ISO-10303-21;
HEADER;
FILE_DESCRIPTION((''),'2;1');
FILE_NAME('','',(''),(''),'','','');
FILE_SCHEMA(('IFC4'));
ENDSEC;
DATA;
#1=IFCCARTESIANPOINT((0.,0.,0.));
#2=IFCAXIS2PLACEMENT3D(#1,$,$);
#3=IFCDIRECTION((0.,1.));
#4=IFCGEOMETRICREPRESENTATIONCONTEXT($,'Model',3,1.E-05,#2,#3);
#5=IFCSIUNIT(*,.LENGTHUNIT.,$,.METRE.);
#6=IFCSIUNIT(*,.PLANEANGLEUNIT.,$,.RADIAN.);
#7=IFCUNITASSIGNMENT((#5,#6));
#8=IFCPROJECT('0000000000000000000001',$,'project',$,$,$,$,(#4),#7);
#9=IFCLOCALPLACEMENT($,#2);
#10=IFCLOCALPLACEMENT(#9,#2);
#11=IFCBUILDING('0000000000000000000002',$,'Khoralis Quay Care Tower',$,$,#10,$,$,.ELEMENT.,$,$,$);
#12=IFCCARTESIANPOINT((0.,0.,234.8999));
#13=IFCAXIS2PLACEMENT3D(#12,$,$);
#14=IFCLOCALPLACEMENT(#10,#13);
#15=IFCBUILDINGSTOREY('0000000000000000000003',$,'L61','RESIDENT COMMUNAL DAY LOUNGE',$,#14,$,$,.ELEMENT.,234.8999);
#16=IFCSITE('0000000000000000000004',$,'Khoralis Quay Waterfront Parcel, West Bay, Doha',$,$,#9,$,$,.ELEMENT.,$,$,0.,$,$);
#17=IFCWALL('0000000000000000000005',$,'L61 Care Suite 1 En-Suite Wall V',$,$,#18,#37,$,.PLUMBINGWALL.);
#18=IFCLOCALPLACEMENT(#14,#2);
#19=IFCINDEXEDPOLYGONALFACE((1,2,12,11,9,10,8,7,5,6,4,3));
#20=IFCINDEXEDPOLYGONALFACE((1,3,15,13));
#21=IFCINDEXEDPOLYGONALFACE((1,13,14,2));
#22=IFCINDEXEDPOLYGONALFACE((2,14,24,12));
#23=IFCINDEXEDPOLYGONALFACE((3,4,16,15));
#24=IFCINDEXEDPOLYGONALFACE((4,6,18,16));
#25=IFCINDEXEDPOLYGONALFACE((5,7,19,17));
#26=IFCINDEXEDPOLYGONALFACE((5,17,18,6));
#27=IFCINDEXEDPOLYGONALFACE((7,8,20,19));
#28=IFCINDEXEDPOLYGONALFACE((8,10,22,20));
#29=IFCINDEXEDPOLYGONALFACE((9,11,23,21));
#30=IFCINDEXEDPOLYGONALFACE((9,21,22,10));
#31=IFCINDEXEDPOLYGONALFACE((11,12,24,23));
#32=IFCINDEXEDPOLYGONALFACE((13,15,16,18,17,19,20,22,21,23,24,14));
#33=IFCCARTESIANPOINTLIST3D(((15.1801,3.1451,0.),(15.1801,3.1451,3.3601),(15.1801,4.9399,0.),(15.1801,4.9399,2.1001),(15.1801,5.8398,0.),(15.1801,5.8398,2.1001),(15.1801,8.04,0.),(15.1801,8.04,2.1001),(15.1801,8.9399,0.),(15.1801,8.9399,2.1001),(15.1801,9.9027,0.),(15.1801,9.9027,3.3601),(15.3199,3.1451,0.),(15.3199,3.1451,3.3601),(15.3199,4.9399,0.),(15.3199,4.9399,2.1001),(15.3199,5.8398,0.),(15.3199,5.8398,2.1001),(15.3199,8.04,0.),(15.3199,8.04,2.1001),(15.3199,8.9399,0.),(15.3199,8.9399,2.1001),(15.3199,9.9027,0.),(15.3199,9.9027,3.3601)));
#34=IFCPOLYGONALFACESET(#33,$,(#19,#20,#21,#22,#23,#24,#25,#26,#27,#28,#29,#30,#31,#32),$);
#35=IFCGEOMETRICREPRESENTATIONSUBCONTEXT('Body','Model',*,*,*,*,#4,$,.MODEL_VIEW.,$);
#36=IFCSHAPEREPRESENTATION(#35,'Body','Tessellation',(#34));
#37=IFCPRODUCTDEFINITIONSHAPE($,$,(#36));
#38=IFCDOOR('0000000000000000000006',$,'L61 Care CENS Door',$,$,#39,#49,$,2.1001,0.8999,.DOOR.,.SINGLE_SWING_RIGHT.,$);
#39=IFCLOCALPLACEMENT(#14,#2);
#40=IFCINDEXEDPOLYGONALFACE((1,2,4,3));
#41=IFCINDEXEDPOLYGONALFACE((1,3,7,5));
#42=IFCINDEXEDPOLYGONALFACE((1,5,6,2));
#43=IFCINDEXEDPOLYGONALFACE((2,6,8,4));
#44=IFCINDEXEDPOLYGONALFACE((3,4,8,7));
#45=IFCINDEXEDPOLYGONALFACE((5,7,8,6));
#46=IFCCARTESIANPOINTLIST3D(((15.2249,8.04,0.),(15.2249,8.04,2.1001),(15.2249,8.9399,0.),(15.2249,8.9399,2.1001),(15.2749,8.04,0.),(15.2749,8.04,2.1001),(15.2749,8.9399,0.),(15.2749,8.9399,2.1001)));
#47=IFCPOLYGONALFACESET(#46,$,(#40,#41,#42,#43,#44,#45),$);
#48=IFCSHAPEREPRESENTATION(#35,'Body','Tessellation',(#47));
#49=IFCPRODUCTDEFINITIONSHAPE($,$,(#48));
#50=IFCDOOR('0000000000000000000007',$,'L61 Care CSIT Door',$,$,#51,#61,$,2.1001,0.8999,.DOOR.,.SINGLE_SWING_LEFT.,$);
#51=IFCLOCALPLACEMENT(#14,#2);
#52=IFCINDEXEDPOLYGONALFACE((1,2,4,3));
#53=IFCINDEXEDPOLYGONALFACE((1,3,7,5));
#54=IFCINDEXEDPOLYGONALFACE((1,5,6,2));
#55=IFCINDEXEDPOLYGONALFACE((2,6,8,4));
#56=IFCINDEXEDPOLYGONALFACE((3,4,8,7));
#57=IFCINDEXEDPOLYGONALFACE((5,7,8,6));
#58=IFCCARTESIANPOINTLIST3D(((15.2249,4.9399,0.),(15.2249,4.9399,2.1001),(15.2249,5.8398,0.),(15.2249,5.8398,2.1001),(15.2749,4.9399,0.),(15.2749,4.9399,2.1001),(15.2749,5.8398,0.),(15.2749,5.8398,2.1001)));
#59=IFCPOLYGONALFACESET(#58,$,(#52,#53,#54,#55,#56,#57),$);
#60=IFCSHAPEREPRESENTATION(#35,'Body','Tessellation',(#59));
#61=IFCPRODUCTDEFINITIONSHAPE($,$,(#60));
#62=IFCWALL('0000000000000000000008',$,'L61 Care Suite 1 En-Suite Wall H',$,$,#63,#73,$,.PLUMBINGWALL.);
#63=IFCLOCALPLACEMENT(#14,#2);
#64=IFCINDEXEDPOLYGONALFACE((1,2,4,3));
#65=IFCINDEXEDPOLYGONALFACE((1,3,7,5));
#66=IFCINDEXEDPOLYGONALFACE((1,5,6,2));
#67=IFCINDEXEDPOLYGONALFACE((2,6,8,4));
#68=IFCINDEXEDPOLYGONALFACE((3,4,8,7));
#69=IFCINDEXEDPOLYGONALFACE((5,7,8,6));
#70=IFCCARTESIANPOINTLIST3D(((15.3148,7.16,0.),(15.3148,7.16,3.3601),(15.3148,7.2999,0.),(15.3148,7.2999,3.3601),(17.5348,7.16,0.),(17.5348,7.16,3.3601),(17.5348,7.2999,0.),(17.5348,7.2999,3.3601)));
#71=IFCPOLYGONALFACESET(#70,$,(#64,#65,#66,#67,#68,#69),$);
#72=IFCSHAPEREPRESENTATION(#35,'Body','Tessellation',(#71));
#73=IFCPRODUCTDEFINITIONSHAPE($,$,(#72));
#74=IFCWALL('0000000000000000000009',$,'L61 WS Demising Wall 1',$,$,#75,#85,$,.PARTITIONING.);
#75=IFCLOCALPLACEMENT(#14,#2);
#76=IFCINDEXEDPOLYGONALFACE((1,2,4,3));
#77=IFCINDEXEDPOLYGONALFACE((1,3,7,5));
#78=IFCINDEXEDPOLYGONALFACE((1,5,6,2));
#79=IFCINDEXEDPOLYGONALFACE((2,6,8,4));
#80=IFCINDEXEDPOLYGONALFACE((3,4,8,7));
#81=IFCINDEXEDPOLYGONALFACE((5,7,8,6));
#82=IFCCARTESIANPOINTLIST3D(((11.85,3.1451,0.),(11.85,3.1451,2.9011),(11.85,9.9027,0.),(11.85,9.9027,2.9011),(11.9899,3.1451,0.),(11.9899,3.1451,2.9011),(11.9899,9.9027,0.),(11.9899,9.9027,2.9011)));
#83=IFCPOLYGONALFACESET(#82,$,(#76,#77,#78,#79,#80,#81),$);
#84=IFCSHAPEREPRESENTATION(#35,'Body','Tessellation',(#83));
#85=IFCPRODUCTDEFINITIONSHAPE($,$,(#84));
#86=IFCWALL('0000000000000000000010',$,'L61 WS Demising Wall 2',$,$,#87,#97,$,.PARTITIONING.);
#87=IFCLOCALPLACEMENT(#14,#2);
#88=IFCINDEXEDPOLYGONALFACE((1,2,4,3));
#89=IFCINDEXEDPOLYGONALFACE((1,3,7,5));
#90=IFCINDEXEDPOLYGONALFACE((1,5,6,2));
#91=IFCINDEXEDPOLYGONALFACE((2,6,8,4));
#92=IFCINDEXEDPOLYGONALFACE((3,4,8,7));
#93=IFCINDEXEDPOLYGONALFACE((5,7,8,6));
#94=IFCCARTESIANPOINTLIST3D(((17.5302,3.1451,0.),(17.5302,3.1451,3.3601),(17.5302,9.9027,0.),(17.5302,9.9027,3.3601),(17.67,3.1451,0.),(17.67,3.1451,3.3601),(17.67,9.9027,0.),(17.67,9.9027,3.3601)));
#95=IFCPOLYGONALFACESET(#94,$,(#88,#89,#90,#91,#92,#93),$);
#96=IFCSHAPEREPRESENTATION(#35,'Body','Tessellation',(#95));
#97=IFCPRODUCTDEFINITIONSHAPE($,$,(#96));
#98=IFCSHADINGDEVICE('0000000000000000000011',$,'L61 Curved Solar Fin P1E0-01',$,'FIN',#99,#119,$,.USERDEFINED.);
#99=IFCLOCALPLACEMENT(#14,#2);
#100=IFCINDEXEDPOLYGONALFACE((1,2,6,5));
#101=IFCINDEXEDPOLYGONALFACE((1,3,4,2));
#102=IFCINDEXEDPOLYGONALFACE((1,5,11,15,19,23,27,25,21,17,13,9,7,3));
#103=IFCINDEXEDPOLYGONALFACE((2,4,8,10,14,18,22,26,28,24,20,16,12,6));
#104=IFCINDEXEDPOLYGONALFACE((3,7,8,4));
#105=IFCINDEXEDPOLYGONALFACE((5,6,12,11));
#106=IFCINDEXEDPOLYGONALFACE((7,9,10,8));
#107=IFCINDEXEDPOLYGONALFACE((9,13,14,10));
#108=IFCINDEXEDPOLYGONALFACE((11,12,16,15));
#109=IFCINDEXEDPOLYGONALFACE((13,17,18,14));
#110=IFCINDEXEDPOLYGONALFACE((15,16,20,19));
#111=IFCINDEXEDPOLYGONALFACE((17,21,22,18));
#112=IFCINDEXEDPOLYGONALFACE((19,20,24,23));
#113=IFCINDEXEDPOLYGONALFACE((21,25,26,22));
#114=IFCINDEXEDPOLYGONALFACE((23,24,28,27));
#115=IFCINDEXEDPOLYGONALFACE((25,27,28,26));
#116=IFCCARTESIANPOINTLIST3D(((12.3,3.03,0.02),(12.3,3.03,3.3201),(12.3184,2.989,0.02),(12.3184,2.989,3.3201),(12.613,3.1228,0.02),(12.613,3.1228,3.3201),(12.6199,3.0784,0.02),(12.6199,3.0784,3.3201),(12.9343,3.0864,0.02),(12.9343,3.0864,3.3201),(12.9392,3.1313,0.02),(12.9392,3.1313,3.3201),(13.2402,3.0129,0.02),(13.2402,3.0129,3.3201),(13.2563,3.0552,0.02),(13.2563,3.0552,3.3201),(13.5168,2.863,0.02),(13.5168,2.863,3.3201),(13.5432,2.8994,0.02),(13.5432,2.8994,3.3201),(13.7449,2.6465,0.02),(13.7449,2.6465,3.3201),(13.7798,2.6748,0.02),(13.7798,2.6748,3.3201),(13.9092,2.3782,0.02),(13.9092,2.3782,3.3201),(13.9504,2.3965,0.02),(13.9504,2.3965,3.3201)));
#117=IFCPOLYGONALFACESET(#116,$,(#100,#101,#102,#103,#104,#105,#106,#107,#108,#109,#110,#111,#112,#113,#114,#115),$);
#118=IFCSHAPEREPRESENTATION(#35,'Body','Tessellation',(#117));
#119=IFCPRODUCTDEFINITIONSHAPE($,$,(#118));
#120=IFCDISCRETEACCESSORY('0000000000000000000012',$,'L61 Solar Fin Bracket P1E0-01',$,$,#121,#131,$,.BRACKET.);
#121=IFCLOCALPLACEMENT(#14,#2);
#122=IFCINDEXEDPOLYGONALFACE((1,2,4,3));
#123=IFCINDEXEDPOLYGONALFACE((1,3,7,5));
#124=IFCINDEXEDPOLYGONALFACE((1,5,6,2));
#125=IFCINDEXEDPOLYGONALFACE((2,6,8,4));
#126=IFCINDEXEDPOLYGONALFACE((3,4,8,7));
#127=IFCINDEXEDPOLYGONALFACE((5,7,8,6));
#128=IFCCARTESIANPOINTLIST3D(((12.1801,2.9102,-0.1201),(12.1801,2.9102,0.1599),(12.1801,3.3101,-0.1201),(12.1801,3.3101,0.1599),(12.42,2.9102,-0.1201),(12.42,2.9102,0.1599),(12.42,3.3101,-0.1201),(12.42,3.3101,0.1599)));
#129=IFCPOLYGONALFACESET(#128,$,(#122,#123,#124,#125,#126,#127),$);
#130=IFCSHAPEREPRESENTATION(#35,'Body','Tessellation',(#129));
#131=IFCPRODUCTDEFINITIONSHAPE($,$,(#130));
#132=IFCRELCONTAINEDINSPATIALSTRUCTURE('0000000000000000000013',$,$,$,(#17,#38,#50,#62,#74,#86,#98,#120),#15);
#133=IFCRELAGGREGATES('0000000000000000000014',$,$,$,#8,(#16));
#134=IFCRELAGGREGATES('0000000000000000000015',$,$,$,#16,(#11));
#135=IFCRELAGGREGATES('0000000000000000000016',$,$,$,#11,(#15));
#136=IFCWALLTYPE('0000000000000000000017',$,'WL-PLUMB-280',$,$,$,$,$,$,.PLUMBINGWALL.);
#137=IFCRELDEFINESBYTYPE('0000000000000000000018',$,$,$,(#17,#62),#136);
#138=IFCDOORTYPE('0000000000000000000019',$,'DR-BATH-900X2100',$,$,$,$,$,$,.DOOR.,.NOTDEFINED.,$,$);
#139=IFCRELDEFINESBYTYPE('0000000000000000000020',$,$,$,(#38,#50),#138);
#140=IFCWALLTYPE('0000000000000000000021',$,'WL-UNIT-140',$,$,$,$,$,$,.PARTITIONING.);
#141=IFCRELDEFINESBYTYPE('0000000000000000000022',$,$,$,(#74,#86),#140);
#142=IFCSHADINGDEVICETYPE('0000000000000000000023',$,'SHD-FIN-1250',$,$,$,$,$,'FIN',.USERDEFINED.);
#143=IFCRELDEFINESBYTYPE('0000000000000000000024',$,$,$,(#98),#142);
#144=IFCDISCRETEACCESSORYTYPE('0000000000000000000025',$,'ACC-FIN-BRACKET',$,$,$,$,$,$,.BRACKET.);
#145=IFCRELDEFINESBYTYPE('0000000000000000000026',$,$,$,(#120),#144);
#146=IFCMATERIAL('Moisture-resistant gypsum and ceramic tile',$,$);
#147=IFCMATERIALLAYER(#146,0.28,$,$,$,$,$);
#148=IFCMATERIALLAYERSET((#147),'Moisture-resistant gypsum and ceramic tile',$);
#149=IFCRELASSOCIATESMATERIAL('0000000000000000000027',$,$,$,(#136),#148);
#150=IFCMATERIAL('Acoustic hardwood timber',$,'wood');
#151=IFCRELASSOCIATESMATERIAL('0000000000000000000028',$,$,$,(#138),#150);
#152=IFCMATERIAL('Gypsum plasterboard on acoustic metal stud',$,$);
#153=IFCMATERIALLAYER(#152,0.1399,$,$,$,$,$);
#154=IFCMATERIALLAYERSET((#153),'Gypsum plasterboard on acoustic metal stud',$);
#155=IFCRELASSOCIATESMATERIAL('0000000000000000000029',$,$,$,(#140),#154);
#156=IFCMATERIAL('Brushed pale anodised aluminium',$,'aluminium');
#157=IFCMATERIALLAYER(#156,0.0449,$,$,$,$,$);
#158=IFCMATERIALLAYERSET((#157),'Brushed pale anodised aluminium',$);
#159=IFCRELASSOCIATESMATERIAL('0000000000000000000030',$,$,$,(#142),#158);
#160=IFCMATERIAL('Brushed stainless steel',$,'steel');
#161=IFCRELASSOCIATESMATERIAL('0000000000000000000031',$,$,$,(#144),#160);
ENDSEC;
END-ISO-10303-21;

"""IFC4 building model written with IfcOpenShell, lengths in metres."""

from ifc_helpers import new_model, si_unit, direction, frame, frame_2d, origin, origin_2d, place, context, subcontext, project, spatial, polyline, rectangle, outline, extrude, source, transform, mapped, material, layer, layer_set, type_object, element, fill, save


model = new_model("IFC4")

# Units and contexts
model_context = context("Model", 3, precision=1e-05, world=origin(), true_north=direction((0.0, 1.0)))
body_context = subcontext(model_context, "Body", "Model", "MODEL_VIEW")
ifc_project = project(units=[si_unit("LENGTHUNIT", "METRE"), si_unit("PLANEANGLEUNIT", "RADIAN")], contexts=[model_context])

# Site, building, storey
site_placement = place(None, origin())
site = spatial("IfcSite", under=ifc_project, at=site_placement, Name="Khoralis Quay Waterfront Parcel, West Bay, Doha", CompositionType="ELEMENT", RefElevation=0.0)
building_placement = place(site_placement, origin())
building = spatial("IfcBuilding", under=site, at=building_placement, Name="Khoralis Quay Care Tower", CompositionType="ELEMENT")
storey_placement = place(building_placement, frame((0.0, 0.0, 234.8999)))
storey = spatial("IfcBuildingStorey", under=building, at=storey_placement, Name="L61", Description="RESIDENT COMMUNAL DAY LOUNGE", CompositionType="ELEMENT", Elevation=234.8999)

# Wall, openings, doors
ifc_material_1 = material(Name="Moisture-resistant gypsum and ceramic tile")
ifc_layer_1 = layer(ifc_material_1, 0.28)
ifc_layer_set_1 = layer_set([ifc_layer_1], Name="Moisture-resistant gypsum and ceramic tile")
wall_type_1 = type_object("IfcWallType", Name="WL-PLUMB-280", PredefinedType="PLUMBINGWALL", material=ifc_layer_set_1)
wall_1_placement = place(storey_placement, frame((15.25, 3.145, 0.0), z_axis=(0.0, 0.0, 1.0), x_axis=(0.0, 1.0, 0.0)))
wall_1 = element("IfcWall", 1, at=wall_1_placement, inside=storey, type_object=wall_type_1, Name="L61 Care Suite 1 En-Suite Wall V", PredefinedType="PLUMBINGWALL", context=body_context, shape_type="SweptSolid", body=[
    extrude(rectangle(XDim=6.7576, YDim=0.1399, at=frame_2d((3.3789, 0.0))), origin(), (0.0, 0.0, 1.0), 3.3601),
])
opening_1_placement = place(wall_1_placement, frame((4.895, 0.0, 0.0)))
opening_1 = element("IfcOpeningElement", 2, at=opening_1_placement, cuts=wall_1, PredefinedType="OPENING", context=body_context, shape_type="SweptSolid", body=[
    extrude(rectangle(XDim=0.8999, YDim=2.1001, at=frame_2d((0.45, 1.05))), frame((0.0, 0.0801, 0.0), z_axis=(0.0, -1.0, 0.0), x_axis=(1.0, 0.0, 0.0)), (0.0, 0.0, 1.0), 0.1599),
])
opening_2_placement = place(wall_1_placement, frame((1.7949, 0.0, 0.0)))
opening_2 = element("IfcOpeningElement", 3, at=opening_2_placement, cuts=wall_1, PredefinedType="OPENING", context=body_context, shape_type="SweptSolid", body=[
    extrude(rectangle(XDim=0.8999, YDim=2.1001, at=frame_2d((0.45, 1.05))), frame((0.0, 0.0801, 0.0), z_axis=(0.0, -1.0, 0.0), x_axis=(1.0, 0.0, 0.0)), (0.0, 0.0, 1.0), 0.1599),
])
ifc_material_2 = material(Name="Acoustic hardwood timber", Category="wood")
door_type = type_object("IfcDoorType", Name="DR-BATH-900X2100", OperationType="NOTDEFINED", PredefinedType="DOOR", material=ifc_material_2)
shared_shape_1 = source(origin(), body_context, "Body", "SweptSolid", [
    extrude(rectangle(XDim=0.8999, YDim=2.1001, at=frame_2d((0.45, 1.05))), frame((0.0, 0.0249, 0.0), z_axis=(0.0, -1.0, 0.0), x_axis=(1.0, 0.0, 0.0)), (0.0, 0.0, 1.0), 0.05),
])
door_1_placement = place(opening_1_placement, frame((0.8999, 0.0, 0.0), z_axis=(0.0, 0.0, 1.0), x_axis=(-1.0, 0.0, 0.0)))
door_1 = element("IfcDoor", 4, at=door_1_placement, inside=storey, type_object=door_type, Name="L61 Care CENS Door", OperationType="SINGLE_SWING_RIGHT", OverallHeight=2.1001, OverallWidth=0.8999, PredefinedType="DOOR", context=body_context, shape_type="MappedRepresentation", body=[
    mapped(shared_shape_1, transform((0.0, 0.0, 0.0), scale=1.0)),
])
fill(opening_1, door_1)
door_2_placement = place(opening_2_placement, frame((0.8999, 0.0, 0.0), z_axis=(0.0, 0.0, 1.0), x_axis=(-1.0, 0.0, 0.0)))
door_2 = element("IfcDoor", 5, at=door_2_placement, inside=storey, type_object=door_type, Name="L61 Care CSIT Door", OperationType="SINGLE_SWING_LEFT", OverallHeight=2.1001, OverallWidth=0.8999, PredefinedType="DOOR", context=body_context, shape_type="MappedRepresentation", body=[
    mapped(shared_shape_1, transform((0.0, 0.0, 0.0), scale=1.0)),
])
fill(opening_2, door_2)

# Walls
wall_2_placement = place(storey_placement, frame((15.3149, 7.23, 0.0), z_axis=(0.0, 0.0, 1.0), x_axis=(1.0, 0.0, 0.0)))
element("IfcWall", 6, at=wall_2_placement, inside=storey, type_object=wall_type_1, Name="L61 Care Suite 1 En-Suite Wall H", PredefinedType="PLUMBINGWALL", context=body_context, shape_type="SweptSolid", body=[
    extrude(rectangle(XDim=2.22, YDim=0.1399, at=frame_2d((1.1099, 0.0))), origin(), (0.0, 0.0, 1.0), 3.3601),
])
ifc_material_3 = material(Name="Gypsum plasterboard on acoustic metal stud")
ifc_layer_2 = layer(ifc_material_3, 0.1399)
ifc_layer_set_2 = layer_set([ifc_layer_2], Name="Gypsum plasterboard on acoustic metal stud")
wall_type_2 = type_object("IfcWallType", Name="WL-UNIT-140", PredefinedType="PARTITIONING", material=ifc_layer_set_2)
wall_3_placement = place(storey_placement, frame((11.9199, 3.145, 0.0), z_axis=(0.0, 0.0, 1.0), x_axis=(0.0, 1.0, 0.0)))
element("IfcWall", 7, at=wall_3_placement, inside=storey, type_object=wall_type_2, Name="L61 WS Demising Wall 1", PredefinedType="PARTITIONING", context=body_context, shape_type="SweptSolid", body=[
    extrude(rectangle(XDim=6.7576, YDim=0.1399, at=frame_2d((3.3789, 0.0))), origin(), (0.0, 0.0, 1.0), 2.9011),
])
wall_4_placement = place(storey_placement, frame((17.6001, 3.145, 0.0), z_axis=(0.0, 0.0, 1.0), x_axis=(0.0, 1.0, 0.0)))
element("IfcWall", 8, at=wall_4_placement, inside=storey, type_object=wall_type_2, Name="L61 WS Demising Wall 2", PredefinedType="PARTITIONING", context=body_context, shape_type="SweptSolid", body=[
    extrude(rectangle(XDim=6.7576, YDim=0.1399, at=frame_2d((3.3789, 0.0))), origin(), (0.0, 0.0, 1.0), 3.3601),
])

# Shading device
ifc_material_4 = material(Name="Brushed pale anodised aluminium", Category="aluminium")
ifc_layer_3 = layer(ifc_material_4, 0.0449)
ifc_layer_set_3 = layer_set([ifc_layer_3], Name="Brushed pale anodised aluminium")
shading_device_type = type_object("IfcShadingDeviceType", Name="SHD-FIN-1250", ElementType="FIN", PredefinedType="USERDEFINED", material=ifc_layer_set_3)
shared_shape_2 = source(origin(), body_context, "Body", "SweptSolid", [
    extrude(outline(polyline([(0.0, 0.0), (-0.0928, 0.313), (-0.1013, 0.6392), (-0.0251, 0.9563), (0.1306, 1.2432), (0.3552, 1.4797), (0.6335, 1.6504), (0.6519, 1.6091), (0.3835, 1.4448), (0.167, 1.2168), (0.0171, 0.9402), (-0.0564, 0.6343), (-0.0483, 0.3198), (0.041, 0.0183), (0.0, 0.0)])), origin(), (0.0, 0.0, 1.0), 3.3),
])
shading_device_placement = place(storey_placement, frame((12.3, 3.03, 0.02), z_axis=(0.0, 0.0, 1.0), x_axis=(0.0, -1.0, 0.0)))
element("IfcShadingDevice", 9, at=shading_device_placement, inside=storey, type_object=shading_device_type, Name="L61 Curved Solar Fin P1E0-01", ObjectType="FIN", PredefinedType="USERDEFINED", context=body_context, shape_type="MappedRepresentation", body=[
    mapped(shared_shape_2, transform((0.0, 0.0, 0.0), scale=1.0)),
])

# Discrete accessory
ifc_material_5 = material(Name="Brushed stainless steel", Category="steel")
discrete_accessory_type = type_object("IfcDiscreteAccessoryType", Name="ACC-FIN-BRACKET", PredefinedType="BRACKET", material=ifc_material_5)
shared_shape_3 = source(origin(), body_context, "Body", "SweptSolid", [
    extrude(rectangle(XDim=0.3999, YDim=0.24, at=origin_2d()), origin(), (0.0, 0.0, 1.0), 0.28),
])
discrete_accessory_placement = place(storey_placement, frame((12.3, 3.1101, -0.1201), z_axis=(0.0, 0.0, 1.0), x_axis=(0.0, -1.0, 0.0)))
element("IfcDiscreteAccessory", 10, at=discrete_accessory_placement, inside=storey, type_object=discrete_accessory_type, Name="L61 Solar Fin Bracket P1E0-01", PredefinedType="BRACKET", context=body_context, shape_type="MappedRepresentation", body=[
    mapped(shared_shape_3, transform((0.0, 0.0, 0.0), scale=1.0)),
])

save(model, "model.ifc")
